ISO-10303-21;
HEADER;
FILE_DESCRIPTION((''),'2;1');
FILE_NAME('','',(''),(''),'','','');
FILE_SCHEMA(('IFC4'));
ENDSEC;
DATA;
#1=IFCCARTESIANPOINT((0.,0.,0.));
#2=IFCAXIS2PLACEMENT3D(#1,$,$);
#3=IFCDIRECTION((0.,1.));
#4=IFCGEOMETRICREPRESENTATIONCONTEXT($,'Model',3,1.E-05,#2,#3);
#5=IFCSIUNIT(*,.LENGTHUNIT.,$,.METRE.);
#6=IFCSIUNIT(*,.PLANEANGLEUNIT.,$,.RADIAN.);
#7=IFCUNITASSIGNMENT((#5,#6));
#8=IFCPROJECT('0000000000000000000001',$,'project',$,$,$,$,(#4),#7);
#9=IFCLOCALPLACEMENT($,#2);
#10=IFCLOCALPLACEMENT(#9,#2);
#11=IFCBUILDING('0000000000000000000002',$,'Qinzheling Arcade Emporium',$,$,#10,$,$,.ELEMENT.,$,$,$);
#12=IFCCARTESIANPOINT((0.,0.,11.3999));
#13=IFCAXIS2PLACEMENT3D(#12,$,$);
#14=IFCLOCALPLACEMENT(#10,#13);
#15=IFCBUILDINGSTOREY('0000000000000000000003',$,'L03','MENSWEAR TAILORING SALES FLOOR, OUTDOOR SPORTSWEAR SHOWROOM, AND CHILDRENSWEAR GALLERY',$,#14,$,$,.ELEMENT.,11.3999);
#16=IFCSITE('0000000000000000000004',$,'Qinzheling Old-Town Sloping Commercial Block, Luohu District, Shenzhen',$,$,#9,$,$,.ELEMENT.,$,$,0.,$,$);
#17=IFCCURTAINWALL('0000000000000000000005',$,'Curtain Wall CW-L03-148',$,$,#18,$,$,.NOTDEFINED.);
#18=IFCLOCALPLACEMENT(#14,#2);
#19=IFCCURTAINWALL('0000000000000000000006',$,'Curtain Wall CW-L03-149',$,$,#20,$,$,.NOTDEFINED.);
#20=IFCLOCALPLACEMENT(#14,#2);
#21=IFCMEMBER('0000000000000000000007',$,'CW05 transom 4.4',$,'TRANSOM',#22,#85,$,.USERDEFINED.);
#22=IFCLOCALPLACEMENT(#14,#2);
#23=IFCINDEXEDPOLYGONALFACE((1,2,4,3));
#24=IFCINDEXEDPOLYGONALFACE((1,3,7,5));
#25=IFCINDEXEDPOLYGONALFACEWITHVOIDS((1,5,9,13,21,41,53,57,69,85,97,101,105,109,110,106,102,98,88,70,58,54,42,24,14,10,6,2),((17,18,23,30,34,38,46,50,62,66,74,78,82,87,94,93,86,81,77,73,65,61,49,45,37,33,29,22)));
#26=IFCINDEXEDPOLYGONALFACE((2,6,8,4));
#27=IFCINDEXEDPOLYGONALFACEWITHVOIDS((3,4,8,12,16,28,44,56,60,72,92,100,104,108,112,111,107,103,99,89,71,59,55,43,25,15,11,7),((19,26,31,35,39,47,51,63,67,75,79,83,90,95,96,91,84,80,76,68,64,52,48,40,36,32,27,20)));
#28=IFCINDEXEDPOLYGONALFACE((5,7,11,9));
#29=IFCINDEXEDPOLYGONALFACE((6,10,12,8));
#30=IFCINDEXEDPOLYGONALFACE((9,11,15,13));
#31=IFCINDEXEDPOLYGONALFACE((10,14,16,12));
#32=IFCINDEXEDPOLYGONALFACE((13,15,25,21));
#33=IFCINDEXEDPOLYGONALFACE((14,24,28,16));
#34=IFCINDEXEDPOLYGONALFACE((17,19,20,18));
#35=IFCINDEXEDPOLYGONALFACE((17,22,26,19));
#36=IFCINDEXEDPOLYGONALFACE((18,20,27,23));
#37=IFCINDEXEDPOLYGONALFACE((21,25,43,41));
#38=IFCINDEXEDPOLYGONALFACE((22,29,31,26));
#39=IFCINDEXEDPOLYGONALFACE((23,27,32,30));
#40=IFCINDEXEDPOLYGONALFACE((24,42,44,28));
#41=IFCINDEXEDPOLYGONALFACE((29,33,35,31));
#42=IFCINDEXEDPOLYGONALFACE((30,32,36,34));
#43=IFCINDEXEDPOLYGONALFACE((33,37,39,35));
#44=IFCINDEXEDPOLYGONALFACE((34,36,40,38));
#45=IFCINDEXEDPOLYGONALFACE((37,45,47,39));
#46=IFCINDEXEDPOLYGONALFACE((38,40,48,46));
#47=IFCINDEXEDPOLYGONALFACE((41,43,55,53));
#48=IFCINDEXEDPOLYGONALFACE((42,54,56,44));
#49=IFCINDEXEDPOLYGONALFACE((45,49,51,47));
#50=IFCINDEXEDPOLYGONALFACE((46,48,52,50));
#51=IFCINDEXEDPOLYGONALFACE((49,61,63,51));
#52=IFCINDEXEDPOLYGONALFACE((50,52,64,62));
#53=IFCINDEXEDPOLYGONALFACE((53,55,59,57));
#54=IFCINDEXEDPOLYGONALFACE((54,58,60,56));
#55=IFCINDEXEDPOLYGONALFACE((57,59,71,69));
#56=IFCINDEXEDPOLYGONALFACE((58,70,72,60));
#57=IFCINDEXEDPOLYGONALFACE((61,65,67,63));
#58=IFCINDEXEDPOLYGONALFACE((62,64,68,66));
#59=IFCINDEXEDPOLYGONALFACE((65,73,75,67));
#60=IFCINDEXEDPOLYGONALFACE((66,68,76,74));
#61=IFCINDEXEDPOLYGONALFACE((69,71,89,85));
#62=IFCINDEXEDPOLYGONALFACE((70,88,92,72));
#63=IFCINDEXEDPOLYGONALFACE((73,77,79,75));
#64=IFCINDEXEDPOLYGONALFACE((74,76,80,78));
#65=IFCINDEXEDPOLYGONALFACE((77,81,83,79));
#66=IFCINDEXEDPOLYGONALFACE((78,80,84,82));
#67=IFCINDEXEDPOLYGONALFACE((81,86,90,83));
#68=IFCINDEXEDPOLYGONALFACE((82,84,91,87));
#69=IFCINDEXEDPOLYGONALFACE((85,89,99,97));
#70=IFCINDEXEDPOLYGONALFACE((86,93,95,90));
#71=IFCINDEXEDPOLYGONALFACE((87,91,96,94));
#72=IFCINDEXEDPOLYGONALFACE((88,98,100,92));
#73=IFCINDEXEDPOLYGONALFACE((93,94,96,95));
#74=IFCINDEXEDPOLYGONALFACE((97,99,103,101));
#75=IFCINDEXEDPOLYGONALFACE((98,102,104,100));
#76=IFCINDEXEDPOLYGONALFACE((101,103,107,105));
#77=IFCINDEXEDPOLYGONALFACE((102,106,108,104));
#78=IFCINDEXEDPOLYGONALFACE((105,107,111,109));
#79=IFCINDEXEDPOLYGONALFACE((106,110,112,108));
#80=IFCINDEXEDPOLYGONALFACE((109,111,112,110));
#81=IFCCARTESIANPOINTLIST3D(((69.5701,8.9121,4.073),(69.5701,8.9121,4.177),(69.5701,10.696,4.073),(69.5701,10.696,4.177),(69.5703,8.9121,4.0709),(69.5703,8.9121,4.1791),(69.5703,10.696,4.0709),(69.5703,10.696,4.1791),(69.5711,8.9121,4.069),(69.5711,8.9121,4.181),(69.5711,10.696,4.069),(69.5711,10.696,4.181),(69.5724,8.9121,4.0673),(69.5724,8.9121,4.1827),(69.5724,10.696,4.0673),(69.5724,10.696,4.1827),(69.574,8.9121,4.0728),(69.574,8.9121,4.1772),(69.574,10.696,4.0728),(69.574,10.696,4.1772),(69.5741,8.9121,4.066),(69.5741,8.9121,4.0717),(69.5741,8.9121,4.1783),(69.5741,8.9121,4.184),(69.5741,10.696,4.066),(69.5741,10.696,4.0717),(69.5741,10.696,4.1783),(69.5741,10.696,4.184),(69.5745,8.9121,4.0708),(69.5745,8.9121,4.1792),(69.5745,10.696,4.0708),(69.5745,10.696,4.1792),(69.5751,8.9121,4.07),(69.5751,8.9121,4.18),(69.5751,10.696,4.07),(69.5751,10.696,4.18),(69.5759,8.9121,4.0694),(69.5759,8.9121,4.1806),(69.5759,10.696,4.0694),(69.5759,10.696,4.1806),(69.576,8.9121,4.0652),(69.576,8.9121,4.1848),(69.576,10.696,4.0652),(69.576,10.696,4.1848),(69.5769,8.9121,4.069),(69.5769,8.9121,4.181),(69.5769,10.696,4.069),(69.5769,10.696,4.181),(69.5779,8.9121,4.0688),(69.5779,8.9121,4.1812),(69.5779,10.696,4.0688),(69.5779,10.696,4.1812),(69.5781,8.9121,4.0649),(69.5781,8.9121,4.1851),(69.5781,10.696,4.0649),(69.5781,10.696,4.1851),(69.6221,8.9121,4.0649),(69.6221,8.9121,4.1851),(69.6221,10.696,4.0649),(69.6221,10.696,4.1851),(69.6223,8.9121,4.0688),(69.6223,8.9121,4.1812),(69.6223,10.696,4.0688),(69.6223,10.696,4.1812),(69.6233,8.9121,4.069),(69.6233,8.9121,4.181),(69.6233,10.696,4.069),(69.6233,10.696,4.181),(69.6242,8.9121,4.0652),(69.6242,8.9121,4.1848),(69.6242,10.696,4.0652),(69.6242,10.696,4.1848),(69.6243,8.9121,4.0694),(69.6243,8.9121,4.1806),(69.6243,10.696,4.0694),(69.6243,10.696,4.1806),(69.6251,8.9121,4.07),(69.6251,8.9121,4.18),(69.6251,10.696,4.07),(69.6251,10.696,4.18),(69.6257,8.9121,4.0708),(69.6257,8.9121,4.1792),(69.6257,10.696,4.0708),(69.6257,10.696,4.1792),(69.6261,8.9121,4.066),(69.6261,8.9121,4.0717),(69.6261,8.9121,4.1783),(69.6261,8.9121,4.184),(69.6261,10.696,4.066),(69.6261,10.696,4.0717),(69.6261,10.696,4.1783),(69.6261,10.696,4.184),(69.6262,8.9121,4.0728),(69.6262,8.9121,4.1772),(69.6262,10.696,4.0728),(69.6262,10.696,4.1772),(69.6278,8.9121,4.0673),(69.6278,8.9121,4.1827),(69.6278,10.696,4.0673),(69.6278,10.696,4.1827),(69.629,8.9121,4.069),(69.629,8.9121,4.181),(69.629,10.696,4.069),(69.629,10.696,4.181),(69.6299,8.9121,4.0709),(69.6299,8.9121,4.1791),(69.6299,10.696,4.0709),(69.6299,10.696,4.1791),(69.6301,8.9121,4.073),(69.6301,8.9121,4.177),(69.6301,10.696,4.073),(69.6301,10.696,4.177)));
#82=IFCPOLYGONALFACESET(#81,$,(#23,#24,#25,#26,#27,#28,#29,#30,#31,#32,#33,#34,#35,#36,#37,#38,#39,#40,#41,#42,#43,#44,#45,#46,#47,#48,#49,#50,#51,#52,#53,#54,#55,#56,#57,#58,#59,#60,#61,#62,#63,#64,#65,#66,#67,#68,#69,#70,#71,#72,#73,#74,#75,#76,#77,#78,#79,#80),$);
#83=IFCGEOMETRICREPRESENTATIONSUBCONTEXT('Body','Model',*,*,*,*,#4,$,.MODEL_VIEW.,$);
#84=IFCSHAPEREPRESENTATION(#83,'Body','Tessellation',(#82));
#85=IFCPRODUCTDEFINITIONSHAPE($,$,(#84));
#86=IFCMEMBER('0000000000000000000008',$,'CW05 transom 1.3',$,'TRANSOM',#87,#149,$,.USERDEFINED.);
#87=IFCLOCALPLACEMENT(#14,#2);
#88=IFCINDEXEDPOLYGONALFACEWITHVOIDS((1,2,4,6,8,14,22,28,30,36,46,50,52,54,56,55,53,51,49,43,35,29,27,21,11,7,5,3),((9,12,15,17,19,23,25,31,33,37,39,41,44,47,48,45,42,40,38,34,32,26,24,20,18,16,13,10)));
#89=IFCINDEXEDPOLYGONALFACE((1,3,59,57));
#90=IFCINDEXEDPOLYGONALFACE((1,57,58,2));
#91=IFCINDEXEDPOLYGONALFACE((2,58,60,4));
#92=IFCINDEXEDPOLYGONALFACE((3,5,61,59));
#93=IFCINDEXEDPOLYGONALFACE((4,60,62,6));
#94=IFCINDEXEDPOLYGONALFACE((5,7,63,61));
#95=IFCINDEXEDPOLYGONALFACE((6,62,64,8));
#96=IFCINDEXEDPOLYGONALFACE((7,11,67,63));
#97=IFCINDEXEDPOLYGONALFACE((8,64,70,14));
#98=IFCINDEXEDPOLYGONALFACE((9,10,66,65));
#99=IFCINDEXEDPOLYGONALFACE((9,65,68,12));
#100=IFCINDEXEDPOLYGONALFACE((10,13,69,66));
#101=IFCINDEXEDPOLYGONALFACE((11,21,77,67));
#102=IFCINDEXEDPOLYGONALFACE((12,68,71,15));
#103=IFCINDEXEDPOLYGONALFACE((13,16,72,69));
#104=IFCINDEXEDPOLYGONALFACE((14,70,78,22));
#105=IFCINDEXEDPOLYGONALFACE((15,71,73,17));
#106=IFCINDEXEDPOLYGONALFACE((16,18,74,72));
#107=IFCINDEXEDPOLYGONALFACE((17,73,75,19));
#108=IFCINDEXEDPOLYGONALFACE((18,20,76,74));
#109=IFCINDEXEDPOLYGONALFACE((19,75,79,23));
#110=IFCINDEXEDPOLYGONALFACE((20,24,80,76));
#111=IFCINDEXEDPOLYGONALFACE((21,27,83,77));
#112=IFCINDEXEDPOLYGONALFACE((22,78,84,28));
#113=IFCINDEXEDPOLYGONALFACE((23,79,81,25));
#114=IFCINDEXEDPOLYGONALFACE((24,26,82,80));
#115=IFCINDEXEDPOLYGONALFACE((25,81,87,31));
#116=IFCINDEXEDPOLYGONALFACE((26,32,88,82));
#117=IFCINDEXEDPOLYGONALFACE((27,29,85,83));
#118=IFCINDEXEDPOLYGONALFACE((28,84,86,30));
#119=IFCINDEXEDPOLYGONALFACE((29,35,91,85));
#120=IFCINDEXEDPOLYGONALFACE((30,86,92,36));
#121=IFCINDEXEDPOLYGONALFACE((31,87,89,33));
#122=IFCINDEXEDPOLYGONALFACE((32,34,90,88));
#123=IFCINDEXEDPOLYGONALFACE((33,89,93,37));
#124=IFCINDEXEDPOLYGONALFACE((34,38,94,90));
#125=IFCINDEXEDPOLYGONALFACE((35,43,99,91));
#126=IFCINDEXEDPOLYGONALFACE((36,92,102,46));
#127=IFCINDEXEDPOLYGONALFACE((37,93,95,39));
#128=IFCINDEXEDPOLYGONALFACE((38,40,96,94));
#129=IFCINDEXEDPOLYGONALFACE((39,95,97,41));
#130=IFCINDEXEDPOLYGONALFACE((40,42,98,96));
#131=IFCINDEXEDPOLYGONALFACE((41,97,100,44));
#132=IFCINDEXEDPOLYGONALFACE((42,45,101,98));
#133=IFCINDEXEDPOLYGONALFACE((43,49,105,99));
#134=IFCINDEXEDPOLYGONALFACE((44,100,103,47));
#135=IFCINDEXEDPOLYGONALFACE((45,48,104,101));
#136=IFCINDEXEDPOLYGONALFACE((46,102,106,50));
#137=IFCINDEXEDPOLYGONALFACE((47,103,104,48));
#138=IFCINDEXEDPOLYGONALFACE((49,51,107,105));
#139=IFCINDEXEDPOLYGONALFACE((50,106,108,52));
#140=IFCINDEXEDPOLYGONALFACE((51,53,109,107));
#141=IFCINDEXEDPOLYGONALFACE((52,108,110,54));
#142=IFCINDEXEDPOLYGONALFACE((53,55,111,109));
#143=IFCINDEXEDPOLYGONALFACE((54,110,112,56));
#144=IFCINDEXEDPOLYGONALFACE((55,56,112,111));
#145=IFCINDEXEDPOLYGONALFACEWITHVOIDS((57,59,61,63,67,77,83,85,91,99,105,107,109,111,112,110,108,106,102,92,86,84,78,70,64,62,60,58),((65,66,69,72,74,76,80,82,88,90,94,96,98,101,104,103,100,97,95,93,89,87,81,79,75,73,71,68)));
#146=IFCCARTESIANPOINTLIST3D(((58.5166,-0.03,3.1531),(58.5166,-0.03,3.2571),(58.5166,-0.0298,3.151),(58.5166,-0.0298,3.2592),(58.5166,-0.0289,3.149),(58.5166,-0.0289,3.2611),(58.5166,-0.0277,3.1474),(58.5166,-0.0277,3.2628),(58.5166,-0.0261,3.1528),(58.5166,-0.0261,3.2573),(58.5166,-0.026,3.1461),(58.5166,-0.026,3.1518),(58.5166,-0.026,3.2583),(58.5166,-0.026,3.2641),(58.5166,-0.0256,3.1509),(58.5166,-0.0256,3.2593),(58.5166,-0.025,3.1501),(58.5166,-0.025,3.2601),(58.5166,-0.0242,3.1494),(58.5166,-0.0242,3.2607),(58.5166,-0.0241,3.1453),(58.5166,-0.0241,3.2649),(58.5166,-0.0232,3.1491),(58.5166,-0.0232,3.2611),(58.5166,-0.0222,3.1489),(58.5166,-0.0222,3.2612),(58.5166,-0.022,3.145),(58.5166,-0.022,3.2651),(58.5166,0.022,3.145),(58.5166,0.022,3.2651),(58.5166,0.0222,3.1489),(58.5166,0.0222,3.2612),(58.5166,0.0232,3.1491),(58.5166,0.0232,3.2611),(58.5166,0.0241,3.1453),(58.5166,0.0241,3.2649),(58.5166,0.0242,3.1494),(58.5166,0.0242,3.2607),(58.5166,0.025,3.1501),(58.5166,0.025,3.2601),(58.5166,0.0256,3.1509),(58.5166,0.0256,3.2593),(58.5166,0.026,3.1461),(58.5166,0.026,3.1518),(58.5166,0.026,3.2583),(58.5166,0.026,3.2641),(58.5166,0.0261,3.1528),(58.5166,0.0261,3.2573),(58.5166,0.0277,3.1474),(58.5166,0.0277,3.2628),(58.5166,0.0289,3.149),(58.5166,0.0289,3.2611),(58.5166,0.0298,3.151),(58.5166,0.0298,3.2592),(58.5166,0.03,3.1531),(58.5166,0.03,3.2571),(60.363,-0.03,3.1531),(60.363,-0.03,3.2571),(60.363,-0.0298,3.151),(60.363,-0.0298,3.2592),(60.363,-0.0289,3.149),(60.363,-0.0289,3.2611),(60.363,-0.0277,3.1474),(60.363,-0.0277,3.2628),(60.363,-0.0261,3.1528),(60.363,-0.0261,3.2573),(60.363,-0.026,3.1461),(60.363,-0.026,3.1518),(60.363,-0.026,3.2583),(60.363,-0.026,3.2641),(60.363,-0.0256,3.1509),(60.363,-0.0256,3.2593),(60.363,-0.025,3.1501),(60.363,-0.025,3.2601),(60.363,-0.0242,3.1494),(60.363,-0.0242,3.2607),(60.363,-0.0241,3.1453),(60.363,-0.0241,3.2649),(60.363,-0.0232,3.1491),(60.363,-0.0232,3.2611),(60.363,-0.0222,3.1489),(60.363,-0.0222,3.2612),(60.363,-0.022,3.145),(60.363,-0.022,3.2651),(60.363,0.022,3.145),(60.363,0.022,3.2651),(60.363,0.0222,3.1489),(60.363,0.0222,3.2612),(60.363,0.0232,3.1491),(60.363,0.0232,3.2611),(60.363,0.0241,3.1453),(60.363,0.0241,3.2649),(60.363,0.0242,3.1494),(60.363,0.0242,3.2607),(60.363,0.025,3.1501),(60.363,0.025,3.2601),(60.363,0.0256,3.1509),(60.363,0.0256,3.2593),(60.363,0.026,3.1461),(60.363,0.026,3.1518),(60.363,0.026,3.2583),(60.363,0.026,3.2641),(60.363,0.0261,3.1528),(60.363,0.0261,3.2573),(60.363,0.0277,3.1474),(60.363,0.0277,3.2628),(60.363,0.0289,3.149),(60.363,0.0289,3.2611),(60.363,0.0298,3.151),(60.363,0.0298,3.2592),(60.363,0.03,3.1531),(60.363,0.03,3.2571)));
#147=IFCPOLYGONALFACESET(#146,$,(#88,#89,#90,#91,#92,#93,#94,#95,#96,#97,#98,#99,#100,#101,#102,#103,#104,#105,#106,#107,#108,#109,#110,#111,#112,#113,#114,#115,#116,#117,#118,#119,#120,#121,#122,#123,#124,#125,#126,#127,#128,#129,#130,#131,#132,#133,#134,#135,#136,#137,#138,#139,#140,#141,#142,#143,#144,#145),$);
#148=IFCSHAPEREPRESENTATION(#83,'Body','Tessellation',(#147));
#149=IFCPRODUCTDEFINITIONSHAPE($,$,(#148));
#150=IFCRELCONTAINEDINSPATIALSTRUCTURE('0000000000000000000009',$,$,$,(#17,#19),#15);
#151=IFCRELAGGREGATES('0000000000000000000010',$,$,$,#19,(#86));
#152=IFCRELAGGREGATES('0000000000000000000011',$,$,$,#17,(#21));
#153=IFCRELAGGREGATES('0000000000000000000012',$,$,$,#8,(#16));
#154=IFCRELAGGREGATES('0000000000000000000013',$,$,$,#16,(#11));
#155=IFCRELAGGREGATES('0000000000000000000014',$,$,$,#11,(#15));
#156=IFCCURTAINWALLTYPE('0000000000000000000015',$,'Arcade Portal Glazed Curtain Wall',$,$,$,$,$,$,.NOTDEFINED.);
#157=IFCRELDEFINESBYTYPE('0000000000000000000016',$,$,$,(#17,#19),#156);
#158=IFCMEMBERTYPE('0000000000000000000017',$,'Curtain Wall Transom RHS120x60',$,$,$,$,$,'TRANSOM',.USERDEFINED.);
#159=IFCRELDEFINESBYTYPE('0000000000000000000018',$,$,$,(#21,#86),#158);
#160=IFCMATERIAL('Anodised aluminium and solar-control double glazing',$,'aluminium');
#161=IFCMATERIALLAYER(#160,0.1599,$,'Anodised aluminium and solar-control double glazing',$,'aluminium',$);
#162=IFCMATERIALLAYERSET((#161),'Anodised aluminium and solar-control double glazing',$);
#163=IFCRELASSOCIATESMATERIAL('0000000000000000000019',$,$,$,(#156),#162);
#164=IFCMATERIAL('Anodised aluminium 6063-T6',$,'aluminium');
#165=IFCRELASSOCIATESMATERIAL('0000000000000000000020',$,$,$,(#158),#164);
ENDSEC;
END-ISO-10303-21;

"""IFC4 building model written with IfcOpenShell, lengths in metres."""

from ifc_helpers import new_model, si_unit, direction, frame, origin, origin_2d, place, context, subcontext, project, spatial, hollow_rectangle, extrude, material, layer, layer_set, material_profile, profile_set, type_object, element, aggregate, save


model = new_model("IFC4")

# Units and contexts
model_context = context("Model", 3, precision=1e-05, world=origin(), true_north=direction((0.0, 1.0)))
body_context = subcontext(model_context, "Body", "Model", "MODEL_VIEW")
ifc_project = project(units=[si_unit("LENGTHUNIT", "METRE"), si_unit("PLANEANGLEUNIT", "RADIAN")], contexts=[model_context])

# Site, building, storey
site_placement = place(None, origin())
site = spatial("IfcSite", under=ifc_project, at=site_placement, Name="Qinzheling Old-Town Sloping Commercial Block, Luohu District, Shenzhen", CompositionType="ELEMENT", RefElevation=0.0)
building_placement = place(site_placement, origin())
building = spatial("IfcBuilding", under=site, at=building_placement, Name="Qinzheling Arcade Emporium", CompositionType="ELEMENT")
storey_placement = place(building_placement, frame((0.0, 0.0, 11.3999)))
storey = spatial("IfcBuildingStorey", under=building, at=storey_placement, Name="L03", Description="MENSWEAR TAILORING SALES FLOOR, OUTDOOR SPORTSWEAR SHOWROOM, AND CHILDRENSWEAR GALLERY", CompositionType="ELEMENT", Elevation=11.3999)

# Curtain wall
ifc_material_1 = material(Name="Anodised aluminium and solar-control double glazing", Category="aluminium")
ifc_layer_1 = layer(ifc_material_1, 0.1599, Name="Anodised aluminium and solar-control double glazing", Category="aluminium")
ifc_layer_set_1 = layer_set([ifc_layer_1], Name="Anodised aluminium and solar-control double glazing")
curtain_wall_type = type_object("IfcCurtainWallType", Name="Arcade Portal Glazed Curtain Wall", PredefinedType="NOTDEFINED", material=ifc_layer_set_1)
curtain_wall_1_placement = place(storey_placement, origin())
curtain_wall_1 = element("IfcCurtainWall", 1, at=curtain_wall_1_placement, inside=storey, type_object=curtain_wall_type, Name="Curtain Wall CW-L03-148", PredefinedType="NOTDEFINED")
ifc_material_2 = material(Name="Anodised aluminium 6063-T6", Category="aluminium")

# Curtain wall
curtain_wall_2_placement = place(storey_placement, origin())
curtain_wall_2 = element("IfcCurtainWall", 2, at=curtain_wall_2_placement, inside=storey, type_object=curtain_wall_type, Name="Curtain Wall CW-L03-149", PredefinedType="NOTDEFINED")

# Members
ifc_material_profile_1 = material_profile(ifc_material_2, hollow_rectangle(XDim=0.0601, YDim=0.1201, WallThickness=0.0039, InnerFilletRadius=0.0039, OuterFilletRadius=0.0081, at=origin_2d()), Name="RHS 120x60x4", Category="aluminium")
ifc_profile_set_1 = profile_set([ifc_material_profile_1], Name="Anodised aluminium 6063-T6")
member_type_1 = type_object("IfcMemberType", Name="Curtain Wall Transom RHS120x60", ElementType="TRANSOM", PredefinedType="USERDEFINED", material=ifc_profile_set_1)
member_1_placement = place(storey_placement, frame((69.6001, 10.696, 4.125), z_axis=(0.0, -1.0, 0.0), x_axis=(1.0, 0.0, 0.0)))
member_1 = element("IfcMember", 3, at=member_1_placement, type_object=member_type_1, Name="CW05 transom 4.4", ObjectType="TRANSOM", PredefinedType="USERDEFINED", context=body_context, shape_type="SweptSolid", body=[
    extrude(hollow_rectangle(XDim=0.0601, YDim=0.1201, WallThickness=0.0039, InnerFilletRadius=0.0039, OuterFilletRadius=0.0081, at=origin_2d()), origin(), (0.0, 0.0, 1.0), 1.7839),
])
member_2_placement = place(storey_placement, frame((60.363, 0.0, 3.2051), z_axis=(-1.0, 0.0, 0.0), x_axis=(0.0, -1.0, 0.0)))
member_2 = element("IfcMember", 4, at=member_2_placement, type_object=member_type_1, Name="CW05 transom 1.3", ObjectType="TRANSOM", PredefinedType="USERDEFINED", context=body_context, shape_type="SweptSolid", body=[
    extrude(hollow_rectangle(XDim=0.0601, YDim=0.1201, WallThickness=0.0039, InnerFilletRadius=0.0039, OuterFilletRadius=0.0081, at=origin_2d()), origin(), (0.0, 0.0, 1.0), 1.8464),
])
aggregate(curtain_wall_2, [member_2])

aggregate(curtain_wall_1, [member_1])

save(model, "model.ifc")
